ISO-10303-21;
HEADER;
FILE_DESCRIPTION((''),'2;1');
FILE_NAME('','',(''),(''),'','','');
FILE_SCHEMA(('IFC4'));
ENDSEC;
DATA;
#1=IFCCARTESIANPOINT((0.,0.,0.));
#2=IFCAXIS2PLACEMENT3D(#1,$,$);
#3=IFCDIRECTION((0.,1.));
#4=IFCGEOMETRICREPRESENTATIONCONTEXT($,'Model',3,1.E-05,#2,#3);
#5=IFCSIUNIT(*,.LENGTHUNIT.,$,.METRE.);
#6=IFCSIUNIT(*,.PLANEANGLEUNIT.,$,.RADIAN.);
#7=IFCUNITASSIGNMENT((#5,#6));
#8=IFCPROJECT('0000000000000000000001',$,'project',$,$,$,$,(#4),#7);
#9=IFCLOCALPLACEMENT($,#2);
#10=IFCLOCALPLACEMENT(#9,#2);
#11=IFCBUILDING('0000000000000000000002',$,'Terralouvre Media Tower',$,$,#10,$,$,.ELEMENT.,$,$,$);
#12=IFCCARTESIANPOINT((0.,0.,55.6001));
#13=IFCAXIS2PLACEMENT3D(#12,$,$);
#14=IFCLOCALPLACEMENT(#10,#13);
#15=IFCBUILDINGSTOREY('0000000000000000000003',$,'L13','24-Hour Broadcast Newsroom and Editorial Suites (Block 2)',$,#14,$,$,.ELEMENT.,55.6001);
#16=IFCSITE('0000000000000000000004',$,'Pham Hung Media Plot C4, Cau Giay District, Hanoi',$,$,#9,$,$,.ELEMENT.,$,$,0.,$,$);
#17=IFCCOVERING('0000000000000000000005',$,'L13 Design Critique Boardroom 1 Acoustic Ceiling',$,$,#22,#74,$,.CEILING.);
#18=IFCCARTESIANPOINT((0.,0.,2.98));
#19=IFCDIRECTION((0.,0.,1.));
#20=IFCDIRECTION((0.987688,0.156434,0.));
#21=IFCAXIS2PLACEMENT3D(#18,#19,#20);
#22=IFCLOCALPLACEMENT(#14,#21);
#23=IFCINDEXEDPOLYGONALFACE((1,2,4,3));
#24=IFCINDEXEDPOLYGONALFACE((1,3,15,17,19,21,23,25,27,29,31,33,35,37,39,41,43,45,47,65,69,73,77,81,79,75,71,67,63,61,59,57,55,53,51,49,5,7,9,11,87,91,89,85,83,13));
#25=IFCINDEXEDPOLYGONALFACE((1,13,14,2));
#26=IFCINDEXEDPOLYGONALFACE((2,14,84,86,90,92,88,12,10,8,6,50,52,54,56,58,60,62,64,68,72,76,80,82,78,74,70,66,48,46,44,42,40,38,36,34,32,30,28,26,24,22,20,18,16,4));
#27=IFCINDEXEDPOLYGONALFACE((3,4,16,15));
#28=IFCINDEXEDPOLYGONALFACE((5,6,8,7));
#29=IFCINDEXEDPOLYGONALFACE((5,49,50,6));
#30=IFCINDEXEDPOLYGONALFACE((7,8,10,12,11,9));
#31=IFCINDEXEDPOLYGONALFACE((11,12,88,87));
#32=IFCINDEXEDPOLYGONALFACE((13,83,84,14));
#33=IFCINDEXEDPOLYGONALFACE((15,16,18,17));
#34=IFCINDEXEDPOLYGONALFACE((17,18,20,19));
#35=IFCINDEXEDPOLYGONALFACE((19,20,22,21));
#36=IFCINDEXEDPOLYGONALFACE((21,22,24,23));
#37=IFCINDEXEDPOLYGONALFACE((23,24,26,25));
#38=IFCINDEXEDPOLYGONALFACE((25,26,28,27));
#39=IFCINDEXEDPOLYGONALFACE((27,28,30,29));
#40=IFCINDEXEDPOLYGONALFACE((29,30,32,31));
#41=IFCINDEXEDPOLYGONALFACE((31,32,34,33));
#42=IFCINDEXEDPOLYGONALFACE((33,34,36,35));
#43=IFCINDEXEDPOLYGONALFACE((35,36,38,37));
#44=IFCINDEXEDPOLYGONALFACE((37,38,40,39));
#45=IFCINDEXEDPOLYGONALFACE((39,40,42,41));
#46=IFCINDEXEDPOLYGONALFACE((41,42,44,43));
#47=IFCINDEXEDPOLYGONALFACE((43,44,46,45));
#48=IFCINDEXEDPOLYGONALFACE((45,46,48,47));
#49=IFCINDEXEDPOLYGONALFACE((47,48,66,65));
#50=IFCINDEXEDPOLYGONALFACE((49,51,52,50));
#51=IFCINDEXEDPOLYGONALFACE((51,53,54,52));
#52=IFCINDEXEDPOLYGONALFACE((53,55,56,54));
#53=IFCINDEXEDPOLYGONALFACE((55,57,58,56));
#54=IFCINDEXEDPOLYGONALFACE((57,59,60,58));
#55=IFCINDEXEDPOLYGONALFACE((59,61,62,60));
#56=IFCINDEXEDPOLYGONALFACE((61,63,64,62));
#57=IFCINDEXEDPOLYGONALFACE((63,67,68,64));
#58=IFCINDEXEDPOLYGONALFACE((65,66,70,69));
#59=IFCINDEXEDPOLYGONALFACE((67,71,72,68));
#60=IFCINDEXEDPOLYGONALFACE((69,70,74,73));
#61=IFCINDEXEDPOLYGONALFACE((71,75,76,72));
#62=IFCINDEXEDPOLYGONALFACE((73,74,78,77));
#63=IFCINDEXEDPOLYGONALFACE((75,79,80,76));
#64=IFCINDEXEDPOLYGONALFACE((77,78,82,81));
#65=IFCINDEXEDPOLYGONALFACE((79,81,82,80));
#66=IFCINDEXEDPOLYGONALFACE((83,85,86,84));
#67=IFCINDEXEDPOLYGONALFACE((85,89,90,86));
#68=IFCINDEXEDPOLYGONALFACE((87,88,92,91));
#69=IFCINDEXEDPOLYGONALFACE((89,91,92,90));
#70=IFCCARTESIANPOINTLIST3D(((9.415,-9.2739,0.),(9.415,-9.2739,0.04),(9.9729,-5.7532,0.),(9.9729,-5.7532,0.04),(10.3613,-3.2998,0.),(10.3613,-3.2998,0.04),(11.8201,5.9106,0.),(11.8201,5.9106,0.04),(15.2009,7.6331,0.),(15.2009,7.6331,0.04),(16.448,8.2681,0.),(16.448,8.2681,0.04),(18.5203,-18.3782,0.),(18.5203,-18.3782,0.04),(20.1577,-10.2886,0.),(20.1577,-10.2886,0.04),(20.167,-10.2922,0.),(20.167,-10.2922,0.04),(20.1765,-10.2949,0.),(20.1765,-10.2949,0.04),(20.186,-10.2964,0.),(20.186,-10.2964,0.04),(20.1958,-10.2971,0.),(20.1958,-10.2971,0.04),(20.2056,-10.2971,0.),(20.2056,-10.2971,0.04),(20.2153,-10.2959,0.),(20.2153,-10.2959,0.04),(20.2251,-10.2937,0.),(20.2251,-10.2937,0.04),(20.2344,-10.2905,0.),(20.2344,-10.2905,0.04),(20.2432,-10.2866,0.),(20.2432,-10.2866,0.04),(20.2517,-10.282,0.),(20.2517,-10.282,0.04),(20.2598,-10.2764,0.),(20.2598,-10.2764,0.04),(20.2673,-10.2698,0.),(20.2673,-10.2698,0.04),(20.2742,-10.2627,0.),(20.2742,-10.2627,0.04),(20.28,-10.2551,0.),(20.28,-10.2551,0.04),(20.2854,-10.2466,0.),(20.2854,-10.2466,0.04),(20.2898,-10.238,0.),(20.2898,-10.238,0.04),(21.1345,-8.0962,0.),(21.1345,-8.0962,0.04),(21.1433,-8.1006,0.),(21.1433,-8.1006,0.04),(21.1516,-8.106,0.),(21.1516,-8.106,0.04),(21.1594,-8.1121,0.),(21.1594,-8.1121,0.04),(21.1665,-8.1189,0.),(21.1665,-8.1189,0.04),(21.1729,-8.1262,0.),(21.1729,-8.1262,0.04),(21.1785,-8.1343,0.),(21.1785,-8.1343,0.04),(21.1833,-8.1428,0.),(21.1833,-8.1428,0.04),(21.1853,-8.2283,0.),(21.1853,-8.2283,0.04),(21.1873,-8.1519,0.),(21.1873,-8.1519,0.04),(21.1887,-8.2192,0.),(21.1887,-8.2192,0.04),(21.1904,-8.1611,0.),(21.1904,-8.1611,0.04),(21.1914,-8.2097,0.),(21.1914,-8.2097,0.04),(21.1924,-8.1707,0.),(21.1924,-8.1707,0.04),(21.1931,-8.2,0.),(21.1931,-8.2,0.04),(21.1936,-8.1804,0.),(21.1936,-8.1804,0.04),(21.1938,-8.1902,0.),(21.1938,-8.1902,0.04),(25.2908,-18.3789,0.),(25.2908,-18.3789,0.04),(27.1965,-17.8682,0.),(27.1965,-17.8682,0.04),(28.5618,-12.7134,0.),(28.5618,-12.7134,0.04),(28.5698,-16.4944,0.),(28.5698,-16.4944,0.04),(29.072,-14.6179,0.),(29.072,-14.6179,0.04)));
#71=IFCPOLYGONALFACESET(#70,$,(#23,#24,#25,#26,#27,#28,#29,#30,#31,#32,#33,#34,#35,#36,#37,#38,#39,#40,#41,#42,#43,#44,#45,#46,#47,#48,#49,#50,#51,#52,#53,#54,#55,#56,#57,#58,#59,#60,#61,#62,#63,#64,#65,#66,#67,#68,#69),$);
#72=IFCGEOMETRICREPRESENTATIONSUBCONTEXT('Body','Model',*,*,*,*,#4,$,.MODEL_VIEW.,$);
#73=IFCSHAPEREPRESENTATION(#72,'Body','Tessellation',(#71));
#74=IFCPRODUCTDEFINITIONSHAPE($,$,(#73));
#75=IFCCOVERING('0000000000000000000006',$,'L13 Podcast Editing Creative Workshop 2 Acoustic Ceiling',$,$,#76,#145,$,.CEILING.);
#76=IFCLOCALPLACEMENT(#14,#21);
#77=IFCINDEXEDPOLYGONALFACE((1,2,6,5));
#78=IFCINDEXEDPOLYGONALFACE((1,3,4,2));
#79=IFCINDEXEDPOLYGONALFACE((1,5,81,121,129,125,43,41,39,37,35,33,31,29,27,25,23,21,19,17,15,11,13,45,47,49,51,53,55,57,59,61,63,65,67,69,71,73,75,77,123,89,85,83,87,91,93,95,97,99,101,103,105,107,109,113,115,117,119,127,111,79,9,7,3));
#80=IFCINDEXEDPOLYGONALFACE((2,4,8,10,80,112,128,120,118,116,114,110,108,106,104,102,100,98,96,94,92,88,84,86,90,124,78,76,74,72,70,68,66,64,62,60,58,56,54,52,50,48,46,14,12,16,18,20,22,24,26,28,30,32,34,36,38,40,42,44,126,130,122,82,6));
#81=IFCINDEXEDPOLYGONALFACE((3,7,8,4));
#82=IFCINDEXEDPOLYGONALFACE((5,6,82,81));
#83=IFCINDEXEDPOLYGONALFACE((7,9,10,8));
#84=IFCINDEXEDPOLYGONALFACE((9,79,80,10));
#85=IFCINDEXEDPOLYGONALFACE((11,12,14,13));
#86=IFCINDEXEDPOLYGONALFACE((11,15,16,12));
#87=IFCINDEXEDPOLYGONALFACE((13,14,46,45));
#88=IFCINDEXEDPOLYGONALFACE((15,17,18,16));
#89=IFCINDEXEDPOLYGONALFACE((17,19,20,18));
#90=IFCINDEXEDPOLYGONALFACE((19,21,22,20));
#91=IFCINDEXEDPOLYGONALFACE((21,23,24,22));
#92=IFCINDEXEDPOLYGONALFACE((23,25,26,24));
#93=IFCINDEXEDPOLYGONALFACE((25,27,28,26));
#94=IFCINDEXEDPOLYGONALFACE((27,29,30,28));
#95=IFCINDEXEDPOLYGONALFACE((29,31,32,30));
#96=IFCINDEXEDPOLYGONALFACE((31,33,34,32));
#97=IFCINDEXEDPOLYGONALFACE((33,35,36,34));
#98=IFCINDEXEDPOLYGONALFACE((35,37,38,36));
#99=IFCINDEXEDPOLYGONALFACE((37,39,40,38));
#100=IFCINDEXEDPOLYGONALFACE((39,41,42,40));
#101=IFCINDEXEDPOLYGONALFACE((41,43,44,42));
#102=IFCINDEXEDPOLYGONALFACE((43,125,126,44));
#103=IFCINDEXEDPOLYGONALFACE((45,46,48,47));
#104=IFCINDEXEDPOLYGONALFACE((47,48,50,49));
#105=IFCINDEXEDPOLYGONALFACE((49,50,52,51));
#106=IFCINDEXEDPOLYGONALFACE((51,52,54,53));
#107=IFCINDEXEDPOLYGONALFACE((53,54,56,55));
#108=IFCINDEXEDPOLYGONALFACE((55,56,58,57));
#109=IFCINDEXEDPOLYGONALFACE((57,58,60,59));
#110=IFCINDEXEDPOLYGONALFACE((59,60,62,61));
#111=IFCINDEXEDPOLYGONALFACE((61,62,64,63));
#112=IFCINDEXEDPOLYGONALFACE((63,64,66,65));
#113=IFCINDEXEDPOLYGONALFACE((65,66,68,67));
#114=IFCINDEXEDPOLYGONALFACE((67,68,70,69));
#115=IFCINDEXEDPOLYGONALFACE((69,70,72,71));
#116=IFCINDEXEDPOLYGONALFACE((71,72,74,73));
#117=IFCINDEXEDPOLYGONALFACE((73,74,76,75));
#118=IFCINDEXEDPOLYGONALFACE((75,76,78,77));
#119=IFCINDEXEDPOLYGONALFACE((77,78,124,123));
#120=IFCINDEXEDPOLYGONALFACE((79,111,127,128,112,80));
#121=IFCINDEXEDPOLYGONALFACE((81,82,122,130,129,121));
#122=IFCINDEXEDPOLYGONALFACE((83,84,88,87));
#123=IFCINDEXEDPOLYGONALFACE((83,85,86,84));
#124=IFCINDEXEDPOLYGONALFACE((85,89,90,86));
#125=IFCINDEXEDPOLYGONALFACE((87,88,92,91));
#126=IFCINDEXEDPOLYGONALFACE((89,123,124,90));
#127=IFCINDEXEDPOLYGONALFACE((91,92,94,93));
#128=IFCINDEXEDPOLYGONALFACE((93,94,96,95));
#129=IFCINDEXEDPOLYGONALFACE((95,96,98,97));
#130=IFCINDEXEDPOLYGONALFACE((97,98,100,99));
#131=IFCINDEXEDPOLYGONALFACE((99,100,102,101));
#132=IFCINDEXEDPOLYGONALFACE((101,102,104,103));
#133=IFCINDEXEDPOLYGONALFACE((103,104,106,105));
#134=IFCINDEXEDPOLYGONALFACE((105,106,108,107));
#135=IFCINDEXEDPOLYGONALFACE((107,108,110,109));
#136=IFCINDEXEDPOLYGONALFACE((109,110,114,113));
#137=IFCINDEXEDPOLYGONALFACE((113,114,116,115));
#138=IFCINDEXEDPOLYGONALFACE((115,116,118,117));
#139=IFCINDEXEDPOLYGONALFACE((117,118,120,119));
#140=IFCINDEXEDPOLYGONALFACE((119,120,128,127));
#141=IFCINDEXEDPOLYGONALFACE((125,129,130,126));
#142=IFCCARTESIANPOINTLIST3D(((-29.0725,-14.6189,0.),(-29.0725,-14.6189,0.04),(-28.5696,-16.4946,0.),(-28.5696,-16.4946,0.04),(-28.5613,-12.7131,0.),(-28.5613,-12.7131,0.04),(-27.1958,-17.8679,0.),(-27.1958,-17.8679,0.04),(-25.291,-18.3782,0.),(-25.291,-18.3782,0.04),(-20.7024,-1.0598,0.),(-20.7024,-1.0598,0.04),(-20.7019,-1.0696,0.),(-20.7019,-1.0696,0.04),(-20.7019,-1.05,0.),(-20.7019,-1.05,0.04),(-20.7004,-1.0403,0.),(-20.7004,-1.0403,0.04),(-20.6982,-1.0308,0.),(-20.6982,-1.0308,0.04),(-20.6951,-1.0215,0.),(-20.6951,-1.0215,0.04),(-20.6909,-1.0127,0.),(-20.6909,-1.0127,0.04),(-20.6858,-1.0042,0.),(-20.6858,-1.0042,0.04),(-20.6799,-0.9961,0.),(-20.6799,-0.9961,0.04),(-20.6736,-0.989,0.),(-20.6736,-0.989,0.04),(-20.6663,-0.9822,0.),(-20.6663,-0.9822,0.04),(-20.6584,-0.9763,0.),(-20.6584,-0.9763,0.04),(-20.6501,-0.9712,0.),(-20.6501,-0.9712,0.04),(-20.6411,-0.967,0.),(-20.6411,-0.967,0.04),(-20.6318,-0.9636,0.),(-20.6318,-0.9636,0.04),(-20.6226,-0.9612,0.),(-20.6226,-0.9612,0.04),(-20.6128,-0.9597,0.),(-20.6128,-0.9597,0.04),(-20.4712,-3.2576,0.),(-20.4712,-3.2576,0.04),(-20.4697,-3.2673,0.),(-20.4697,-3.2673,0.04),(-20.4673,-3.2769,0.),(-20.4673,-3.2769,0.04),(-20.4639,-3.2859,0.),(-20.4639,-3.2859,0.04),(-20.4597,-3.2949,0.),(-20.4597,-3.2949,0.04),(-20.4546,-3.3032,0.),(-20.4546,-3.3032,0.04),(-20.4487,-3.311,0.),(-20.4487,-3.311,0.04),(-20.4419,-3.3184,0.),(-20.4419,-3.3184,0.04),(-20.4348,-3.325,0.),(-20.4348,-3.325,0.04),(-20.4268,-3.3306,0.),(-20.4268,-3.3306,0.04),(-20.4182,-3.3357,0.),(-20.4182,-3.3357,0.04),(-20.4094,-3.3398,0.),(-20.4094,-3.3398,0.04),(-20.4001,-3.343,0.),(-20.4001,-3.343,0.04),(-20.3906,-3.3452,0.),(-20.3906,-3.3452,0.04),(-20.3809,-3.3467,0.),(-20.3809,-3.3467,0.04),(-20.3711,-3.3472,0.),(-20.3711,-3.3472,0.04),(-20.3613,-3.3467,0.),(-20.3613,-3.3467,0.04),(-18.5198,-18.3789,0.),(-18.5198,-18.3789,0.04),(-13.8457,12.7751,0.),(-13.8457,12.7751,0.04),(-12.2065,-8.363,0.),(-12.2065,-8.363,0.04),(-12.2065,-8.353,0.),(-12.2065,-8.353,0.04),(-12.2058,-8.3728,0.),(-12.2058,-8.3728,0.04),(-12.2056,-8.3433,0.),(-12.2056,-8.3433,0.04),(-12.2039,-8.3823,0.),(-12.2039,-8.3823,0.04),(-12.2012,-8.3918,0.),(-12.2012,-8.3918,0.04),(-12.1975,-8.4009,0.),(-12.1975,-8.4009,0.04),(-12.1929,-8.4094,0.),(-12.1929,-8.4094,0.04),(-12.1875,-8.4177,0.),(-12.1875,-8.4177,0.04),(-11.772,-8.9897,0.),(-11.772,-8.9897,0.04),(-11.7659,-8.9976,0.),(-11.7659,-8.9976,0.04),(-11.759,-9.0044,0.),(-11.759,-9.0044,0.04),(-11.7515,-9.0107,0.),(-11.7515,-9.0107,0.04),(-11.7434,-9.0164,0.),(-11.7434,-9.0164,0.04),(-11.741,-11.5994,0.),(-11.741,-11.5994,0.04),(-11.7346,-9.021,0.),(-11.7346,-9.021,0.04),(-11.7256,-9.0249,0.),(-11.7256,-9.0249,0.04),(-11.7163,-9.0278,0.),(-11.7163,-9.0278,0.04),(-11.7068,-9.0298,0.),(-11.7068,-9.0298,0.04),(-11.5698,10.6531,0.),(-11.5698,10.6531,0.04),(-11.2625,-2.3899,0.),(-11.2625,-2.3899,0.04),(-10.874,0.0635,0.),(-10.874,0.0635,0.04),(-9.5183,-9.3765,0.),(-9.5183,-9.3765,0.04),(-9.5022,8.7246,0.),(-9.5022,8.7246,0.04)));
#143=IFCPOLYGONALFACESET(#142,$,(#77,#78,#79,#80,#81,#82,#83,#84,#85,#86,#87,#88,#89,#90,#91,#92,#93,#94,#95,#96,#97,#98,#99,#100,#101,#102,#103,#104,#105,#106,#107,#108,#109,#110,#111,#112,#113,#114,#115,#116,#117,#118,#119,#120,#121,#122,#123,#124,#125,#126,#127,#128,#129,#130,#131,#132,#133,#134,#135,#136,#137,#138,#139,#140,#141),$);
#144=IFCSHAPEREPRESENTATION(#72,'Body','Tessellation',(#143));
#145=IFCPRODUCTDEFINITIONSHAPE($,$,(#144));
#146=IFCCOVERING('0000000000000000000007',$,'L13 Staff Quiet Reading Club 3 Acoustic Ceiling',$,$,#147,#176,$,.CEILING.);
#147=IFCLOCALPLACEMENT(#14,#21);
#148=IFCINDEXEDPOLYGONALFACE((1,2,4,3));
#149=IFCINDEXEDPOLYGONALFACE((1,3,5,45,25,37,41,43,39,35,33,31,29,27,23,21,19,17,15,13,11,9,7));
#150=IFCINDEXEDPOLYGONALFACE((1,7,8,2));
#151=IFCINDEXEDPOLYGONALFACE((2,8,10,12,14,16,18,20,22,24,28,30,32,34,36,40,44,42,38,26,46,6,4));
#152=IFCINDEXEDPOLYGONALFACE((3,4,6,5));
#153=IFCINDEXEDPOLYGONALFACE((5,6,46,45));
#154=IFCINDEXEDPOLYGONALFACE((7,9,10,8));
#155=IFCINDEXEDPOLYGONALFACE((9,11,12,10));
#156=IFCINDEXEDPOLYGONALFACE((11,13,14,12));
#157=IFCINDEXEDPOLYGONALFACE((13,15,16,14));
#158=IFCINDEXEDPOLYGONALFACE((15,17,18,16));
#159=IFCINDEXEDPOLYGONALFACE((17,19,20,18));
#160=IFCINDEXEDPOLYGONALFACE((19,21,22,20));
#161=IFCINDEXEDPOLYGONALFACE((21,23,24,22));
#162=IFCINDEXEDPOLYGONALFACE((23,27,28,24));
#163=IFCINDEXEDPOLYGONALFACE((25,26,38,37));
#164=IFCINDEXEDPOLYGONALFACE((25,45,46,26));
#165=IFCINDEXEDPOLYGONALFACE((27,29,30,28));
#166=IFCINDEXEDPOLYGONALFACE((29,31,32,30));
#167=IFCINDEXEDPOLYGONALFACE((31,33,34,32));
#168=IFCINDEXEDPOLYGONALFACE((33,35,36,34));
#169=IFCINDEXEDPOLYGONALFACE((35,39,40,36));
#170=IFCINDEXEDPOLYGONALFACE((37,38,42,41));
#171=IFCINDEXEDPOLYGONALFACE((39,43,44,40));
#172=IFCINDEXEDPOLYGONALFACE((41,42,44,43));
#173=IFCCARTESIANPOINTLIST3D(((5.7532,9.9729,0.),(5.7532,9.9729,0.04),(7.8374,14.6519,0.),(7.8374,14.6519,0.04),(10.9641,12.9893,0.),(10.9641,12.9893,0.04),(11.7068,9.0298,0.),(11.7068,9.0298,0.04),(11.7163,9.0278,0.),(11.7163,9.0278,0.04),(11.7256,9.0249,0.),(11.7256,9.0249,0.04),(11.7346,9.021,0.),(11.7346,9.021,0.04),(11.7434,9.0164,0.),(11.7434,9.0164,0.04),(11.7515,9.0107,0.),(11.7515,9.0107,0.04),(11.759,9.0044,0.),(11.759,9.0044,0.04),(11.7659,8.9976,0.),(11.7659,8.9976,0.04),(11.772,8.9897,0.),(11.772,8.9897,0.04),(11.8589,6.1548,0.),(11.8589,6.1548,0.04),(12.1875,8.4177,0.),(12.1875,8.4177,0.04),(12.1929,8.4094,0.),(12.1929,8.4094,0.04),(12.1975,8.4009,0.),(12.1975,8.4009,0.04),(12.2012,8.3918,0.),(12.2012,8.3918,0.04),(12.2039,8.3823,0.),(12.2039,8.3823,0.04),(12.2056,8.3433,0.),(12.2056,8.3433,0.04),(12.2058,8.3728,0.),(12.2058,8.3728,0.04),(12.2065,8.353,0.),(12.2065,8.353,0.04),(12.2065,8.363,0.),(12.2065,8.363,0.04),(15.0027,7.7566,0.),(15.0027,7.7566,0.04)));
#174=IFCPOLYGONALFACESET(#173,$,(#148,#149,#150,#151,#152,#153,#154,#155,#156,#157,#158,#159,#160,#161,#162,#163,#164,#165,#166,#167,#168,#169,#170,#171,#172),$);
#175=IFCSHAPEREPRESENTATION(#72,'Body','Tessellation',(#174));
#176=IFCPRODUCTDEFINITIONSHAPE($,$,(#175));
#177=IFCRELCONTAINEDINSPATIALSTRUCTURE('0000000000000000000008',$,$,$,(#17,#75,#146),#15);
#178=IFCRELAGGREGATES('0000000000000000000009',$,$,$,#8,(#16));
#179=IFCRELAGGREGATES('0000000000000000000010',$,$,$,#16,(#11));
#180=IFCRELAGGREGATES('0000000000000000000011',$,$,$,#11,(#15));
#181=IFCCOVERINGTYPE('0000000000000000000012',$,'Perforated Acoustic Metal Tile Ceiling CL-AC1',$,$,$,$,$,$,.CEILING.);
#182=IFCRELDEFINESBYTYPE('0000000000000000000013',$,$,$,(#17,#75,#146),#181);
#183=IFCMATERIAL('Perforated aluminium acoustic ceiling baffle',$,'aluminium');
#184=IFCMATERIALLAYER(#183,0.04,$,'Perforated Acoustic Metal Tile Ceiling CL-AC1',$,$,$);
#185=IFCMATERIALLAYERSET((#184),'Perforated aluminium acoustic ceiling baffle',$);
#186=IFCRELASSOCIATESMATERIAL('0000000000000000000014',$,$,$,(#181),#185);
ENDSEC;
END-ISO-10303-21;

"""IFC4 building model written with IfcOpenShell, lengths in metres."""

from ifc_helpers import new_model, si_unit, direction, frame, origin, place, context, subcontext, project, spatial, polyline, outline, extrude, material, layer, layer_set, type_object, element, save


model = new_model("IFC4")

# Units and contexts
model_context = context("Model", 3, precision=1e-05, world=origin(), true_north=direction((0.0, 1.0)))
body_context = subcontext(model_context, "Body", "Model", "MODEL_VIEW")
ifc_project = project(units=[si_unit("LENGTHUNIT", "METRE"), si_unit("PLANEANGLEUNIT", "RADIAN")], contexts=[model_context])

# Site, building, storey
site_placement = place(None, origin())
site = spatial("IfcSite", under=ifc_project, at=site_placement, Name="Pham Hung Media Plot C4, Cau Giay District, Hanoi", CompositionType="ELEMENT", RefElevation=0.0)
building_placement = place(site_placement, origin())
building = spatial("IfcBuilding", under=site, at=building_placement, Name="Terralouvre Media Tower", CompositionType="ELEMENT")
storey_placement = place(building_placement, frame((0.0, 0.0, 55.6001)))
storey = spatial("IfcBuildingStorey", under=building, at=storey_placement, Name="L13", Description="24-Hour Broadcast Newsroom and Editorial Suites (Block 2)", CompositionType="ELEMENT", Elevation=55.6001)

# Coverings
ifc_material_1 = material(Name="Perforated aluminium acoustic ceiling baffle", Category="aluminium")
ifc_layer_1 = layer(ifc_material_1, 0.04, Name="Perforated Acoustic Metal Tile Ceiling CL-AC1")
ifc_layer_set_1 = layer_set([ifc_layer_1], Name="Perforated aluminium acoustic ceiling baffle")
covering_type = type_object("IfcCoveringType", Name="Perforated Acoustic Metal Tile Ceiling CL-AC1", PredefinedType="CEILING", material=ifc_layer_set_1)
covering_1_placement = place(storey_placement, frame((0.0, 0.0, 2.98), z_axis=(0.0, 0.0, 1.0), x_axis=(0.987688, 0.156434, 0.0)))
element("IfcCovering", 1, at=covering_1_placement, inside=storey, type_object=covering_type, Name="L13 Design Critique Boardroom 1 Acoustic Ceiling", PredefinedType="CEILING", context=body_context, shape_type="SweptSolid", body=[
    extrude(outline(polyline([(11.8201, 5.9106), (10.3613, -3.2998), (21.1345, -8.0962), (21.1433, -8.1006), (21.1516, -8.106), (21.1594, -8.1121), (21.1665, -8.1189), (21.1729, -8.1262), (21.1785, -8.1343), (21.1833, -8.1428), (21.1873, -8.1519), (21.1904, -8.1611), (21.1924, -8.1707), (21.1936, -8.1804), (21.1938, -8.1902), (21.1931, -8.2), (21.1914, -8.2097), (21.1887, -8.2192), (21.1853, -8.2283), (20.2898, -10.238), (20.2854, -10.2466), (20.28, -10.2551), (20.2742, -10.2627), (20.2673, -10.2698), (20.2598, -10.2764), (20.2517, -10.282), (20.2432, -10.2866), (20.2344, -10.2905), (20.2251, -10.2937), (20.2153, -10.2959), (20.2056, -10.2971), (20.1958, -10.2971), (20.186, -10.2964), (20.1765, -10.2949), (20.167, -10.2922), (20.1577, -10.2886), (9.9729, -5.7532), (9.415, -9.2739), (18.5203, -18.3782), (25.2908, -18.3789), (27.1965, -17.8682), (28.5698, -16.4944), (29.072, -14.6179), (28.5618, -12.7134), (16.448, 8.2681), (15.2009, 7.6331), (11.8201, 5.9106)])), origin(), (0.0, 0.0, 1.0), 0.04),
])
covering_2_placement = place(storey_placement, frame((0.0, 0.0, 2.98), z_axis=(0.0, 0.0, 1.0), x_axis=(0.987688, 0.156434, 0.0)))
element("IfcCovering", 2, at=covering_2_placement, inside=storey, type_object=covering_type, Name="L13 Podcast Editing Creative Workshop 2 Acoustic Ceiling", PredefinedType="CEILING", context=body_context, shape_type="SweptSolid", body=[
    extrude(outline(polyline([(-9.5183, -9.3765), (-11.7068, -9.0298), (-11.7163, -9.0278), (-11.7256, -9.0249), (-11.7346, -9.021), (-11.7434, -9.0164), (-11.7515, -9.0107), (-11.759, -9.0044), (-11.7659, -8.9976), (-11.772, -8.9897), (-12.1875, -8.4177), (-12.1929, -8.4094), (-12.1975, -8.4009), (-12.2012, -8.3918), (-12.2039, -8.3823), (-12.2058, -8.3728), (-12.2065, -8.363), (-12.2065, -8.353), (-12.2056, -8.3433), (-11.2625, -2.3899), (-20.3613, -3.3467), (-20.3711, -3.3472), (-20.3809, -3.3467), (-20.3906, -3.3452), (-20.4001, -3.343), (-20.4094, -3.3398), (-20.4182, -3.3357), (-20.4268, -3.3306), (-20.4348, -3.325), (-20.4419, -3.3184), (-20.4487, -3.311), (-20.4546, -3.3032), (-20.4597, -3.2949), (-20.4639, -3.2859), (-20.4673, -3.2769), (-20.4697, -3.2673), (-20.4712, -3.2576), (-20.7019, -1.0696), (-20.7024, -1.0598), (-20.7019, -1.05), (-20.7004, -1.0403), (-20.6982, -1.0308), (-20.6951, -1.0215), (-20.6909, -1.0127), (-20.6858, -1.0042), (-20.6799, -0.9961), (-20.6736, -0.989), (-20.6663, -0.9822), (-20.6584, -0.9763), (-20.6501, -0.9712), (-20.6411, -0.967), (-20.6318, -0.9636), (-20.6226, -0.9612), (-20.6128, -0.9597), (-10.874, 0.0635), (-9.5022, 8.7246), (-11.5698, 10.6531), (-13.8457, 12.7751), (-28.5613, -12.7131), (-29.0725, -14.6189), (-28.5696, -16.4946), (-27.1958, -17.8679), (-25.291, -18.3782), (-18.5198, -18.3789), (-11.741, -11.5994), (-9.5183, -9.3765)])), origin(), (0.0, 0.0, 1.0), 0.04),
])
covering_3_placement = place(storey_placement, frame((0.0, 0.0, 2.98), z_axis=(0.0, 0.0, 1.0), x_axis=(0.987688, 0.156434, 0.0)))
element("IfcCovering", 3, at=covering_3_placement, inside=storey, type_object=covering_type, Name="L13 Staff Quiet Reading Club 3 Acoustic Ceiling", PredefinedType="CEILING", context=body_context, shape_type="SweptSolid", body=[
    extrude(outline(polyline([(10.9641, 12.9893), (7.8374, 14.6519), (5.7532, 9.9729), (11.7068, 9.0298), (11.7163, 9.0278), (11.7256, 9.0249), (11.7346, 9.021), (11.7434, 9.0164), (11.7515, 9.0107), (11.759, 9.0044), (11.7659, 8.9976), (11.772, 8.9897), (12.1875, 8.4177), (12.1929, 8.4094), (12.1975, 8.4009), (12.2012, 8.3918), (12.2039, 8.3823), (12.2058, 8.3728), (12.2065, 8.363), (12.2065, 8.353), (12.2056, 8.3433), (11.8589, 6.1548), (15.0027, 7.7566), (10.9641, 12.9893)])), origin(), (0.0, 0.0, 1.0), 0.04),
])

save(model, "model.ifc")
